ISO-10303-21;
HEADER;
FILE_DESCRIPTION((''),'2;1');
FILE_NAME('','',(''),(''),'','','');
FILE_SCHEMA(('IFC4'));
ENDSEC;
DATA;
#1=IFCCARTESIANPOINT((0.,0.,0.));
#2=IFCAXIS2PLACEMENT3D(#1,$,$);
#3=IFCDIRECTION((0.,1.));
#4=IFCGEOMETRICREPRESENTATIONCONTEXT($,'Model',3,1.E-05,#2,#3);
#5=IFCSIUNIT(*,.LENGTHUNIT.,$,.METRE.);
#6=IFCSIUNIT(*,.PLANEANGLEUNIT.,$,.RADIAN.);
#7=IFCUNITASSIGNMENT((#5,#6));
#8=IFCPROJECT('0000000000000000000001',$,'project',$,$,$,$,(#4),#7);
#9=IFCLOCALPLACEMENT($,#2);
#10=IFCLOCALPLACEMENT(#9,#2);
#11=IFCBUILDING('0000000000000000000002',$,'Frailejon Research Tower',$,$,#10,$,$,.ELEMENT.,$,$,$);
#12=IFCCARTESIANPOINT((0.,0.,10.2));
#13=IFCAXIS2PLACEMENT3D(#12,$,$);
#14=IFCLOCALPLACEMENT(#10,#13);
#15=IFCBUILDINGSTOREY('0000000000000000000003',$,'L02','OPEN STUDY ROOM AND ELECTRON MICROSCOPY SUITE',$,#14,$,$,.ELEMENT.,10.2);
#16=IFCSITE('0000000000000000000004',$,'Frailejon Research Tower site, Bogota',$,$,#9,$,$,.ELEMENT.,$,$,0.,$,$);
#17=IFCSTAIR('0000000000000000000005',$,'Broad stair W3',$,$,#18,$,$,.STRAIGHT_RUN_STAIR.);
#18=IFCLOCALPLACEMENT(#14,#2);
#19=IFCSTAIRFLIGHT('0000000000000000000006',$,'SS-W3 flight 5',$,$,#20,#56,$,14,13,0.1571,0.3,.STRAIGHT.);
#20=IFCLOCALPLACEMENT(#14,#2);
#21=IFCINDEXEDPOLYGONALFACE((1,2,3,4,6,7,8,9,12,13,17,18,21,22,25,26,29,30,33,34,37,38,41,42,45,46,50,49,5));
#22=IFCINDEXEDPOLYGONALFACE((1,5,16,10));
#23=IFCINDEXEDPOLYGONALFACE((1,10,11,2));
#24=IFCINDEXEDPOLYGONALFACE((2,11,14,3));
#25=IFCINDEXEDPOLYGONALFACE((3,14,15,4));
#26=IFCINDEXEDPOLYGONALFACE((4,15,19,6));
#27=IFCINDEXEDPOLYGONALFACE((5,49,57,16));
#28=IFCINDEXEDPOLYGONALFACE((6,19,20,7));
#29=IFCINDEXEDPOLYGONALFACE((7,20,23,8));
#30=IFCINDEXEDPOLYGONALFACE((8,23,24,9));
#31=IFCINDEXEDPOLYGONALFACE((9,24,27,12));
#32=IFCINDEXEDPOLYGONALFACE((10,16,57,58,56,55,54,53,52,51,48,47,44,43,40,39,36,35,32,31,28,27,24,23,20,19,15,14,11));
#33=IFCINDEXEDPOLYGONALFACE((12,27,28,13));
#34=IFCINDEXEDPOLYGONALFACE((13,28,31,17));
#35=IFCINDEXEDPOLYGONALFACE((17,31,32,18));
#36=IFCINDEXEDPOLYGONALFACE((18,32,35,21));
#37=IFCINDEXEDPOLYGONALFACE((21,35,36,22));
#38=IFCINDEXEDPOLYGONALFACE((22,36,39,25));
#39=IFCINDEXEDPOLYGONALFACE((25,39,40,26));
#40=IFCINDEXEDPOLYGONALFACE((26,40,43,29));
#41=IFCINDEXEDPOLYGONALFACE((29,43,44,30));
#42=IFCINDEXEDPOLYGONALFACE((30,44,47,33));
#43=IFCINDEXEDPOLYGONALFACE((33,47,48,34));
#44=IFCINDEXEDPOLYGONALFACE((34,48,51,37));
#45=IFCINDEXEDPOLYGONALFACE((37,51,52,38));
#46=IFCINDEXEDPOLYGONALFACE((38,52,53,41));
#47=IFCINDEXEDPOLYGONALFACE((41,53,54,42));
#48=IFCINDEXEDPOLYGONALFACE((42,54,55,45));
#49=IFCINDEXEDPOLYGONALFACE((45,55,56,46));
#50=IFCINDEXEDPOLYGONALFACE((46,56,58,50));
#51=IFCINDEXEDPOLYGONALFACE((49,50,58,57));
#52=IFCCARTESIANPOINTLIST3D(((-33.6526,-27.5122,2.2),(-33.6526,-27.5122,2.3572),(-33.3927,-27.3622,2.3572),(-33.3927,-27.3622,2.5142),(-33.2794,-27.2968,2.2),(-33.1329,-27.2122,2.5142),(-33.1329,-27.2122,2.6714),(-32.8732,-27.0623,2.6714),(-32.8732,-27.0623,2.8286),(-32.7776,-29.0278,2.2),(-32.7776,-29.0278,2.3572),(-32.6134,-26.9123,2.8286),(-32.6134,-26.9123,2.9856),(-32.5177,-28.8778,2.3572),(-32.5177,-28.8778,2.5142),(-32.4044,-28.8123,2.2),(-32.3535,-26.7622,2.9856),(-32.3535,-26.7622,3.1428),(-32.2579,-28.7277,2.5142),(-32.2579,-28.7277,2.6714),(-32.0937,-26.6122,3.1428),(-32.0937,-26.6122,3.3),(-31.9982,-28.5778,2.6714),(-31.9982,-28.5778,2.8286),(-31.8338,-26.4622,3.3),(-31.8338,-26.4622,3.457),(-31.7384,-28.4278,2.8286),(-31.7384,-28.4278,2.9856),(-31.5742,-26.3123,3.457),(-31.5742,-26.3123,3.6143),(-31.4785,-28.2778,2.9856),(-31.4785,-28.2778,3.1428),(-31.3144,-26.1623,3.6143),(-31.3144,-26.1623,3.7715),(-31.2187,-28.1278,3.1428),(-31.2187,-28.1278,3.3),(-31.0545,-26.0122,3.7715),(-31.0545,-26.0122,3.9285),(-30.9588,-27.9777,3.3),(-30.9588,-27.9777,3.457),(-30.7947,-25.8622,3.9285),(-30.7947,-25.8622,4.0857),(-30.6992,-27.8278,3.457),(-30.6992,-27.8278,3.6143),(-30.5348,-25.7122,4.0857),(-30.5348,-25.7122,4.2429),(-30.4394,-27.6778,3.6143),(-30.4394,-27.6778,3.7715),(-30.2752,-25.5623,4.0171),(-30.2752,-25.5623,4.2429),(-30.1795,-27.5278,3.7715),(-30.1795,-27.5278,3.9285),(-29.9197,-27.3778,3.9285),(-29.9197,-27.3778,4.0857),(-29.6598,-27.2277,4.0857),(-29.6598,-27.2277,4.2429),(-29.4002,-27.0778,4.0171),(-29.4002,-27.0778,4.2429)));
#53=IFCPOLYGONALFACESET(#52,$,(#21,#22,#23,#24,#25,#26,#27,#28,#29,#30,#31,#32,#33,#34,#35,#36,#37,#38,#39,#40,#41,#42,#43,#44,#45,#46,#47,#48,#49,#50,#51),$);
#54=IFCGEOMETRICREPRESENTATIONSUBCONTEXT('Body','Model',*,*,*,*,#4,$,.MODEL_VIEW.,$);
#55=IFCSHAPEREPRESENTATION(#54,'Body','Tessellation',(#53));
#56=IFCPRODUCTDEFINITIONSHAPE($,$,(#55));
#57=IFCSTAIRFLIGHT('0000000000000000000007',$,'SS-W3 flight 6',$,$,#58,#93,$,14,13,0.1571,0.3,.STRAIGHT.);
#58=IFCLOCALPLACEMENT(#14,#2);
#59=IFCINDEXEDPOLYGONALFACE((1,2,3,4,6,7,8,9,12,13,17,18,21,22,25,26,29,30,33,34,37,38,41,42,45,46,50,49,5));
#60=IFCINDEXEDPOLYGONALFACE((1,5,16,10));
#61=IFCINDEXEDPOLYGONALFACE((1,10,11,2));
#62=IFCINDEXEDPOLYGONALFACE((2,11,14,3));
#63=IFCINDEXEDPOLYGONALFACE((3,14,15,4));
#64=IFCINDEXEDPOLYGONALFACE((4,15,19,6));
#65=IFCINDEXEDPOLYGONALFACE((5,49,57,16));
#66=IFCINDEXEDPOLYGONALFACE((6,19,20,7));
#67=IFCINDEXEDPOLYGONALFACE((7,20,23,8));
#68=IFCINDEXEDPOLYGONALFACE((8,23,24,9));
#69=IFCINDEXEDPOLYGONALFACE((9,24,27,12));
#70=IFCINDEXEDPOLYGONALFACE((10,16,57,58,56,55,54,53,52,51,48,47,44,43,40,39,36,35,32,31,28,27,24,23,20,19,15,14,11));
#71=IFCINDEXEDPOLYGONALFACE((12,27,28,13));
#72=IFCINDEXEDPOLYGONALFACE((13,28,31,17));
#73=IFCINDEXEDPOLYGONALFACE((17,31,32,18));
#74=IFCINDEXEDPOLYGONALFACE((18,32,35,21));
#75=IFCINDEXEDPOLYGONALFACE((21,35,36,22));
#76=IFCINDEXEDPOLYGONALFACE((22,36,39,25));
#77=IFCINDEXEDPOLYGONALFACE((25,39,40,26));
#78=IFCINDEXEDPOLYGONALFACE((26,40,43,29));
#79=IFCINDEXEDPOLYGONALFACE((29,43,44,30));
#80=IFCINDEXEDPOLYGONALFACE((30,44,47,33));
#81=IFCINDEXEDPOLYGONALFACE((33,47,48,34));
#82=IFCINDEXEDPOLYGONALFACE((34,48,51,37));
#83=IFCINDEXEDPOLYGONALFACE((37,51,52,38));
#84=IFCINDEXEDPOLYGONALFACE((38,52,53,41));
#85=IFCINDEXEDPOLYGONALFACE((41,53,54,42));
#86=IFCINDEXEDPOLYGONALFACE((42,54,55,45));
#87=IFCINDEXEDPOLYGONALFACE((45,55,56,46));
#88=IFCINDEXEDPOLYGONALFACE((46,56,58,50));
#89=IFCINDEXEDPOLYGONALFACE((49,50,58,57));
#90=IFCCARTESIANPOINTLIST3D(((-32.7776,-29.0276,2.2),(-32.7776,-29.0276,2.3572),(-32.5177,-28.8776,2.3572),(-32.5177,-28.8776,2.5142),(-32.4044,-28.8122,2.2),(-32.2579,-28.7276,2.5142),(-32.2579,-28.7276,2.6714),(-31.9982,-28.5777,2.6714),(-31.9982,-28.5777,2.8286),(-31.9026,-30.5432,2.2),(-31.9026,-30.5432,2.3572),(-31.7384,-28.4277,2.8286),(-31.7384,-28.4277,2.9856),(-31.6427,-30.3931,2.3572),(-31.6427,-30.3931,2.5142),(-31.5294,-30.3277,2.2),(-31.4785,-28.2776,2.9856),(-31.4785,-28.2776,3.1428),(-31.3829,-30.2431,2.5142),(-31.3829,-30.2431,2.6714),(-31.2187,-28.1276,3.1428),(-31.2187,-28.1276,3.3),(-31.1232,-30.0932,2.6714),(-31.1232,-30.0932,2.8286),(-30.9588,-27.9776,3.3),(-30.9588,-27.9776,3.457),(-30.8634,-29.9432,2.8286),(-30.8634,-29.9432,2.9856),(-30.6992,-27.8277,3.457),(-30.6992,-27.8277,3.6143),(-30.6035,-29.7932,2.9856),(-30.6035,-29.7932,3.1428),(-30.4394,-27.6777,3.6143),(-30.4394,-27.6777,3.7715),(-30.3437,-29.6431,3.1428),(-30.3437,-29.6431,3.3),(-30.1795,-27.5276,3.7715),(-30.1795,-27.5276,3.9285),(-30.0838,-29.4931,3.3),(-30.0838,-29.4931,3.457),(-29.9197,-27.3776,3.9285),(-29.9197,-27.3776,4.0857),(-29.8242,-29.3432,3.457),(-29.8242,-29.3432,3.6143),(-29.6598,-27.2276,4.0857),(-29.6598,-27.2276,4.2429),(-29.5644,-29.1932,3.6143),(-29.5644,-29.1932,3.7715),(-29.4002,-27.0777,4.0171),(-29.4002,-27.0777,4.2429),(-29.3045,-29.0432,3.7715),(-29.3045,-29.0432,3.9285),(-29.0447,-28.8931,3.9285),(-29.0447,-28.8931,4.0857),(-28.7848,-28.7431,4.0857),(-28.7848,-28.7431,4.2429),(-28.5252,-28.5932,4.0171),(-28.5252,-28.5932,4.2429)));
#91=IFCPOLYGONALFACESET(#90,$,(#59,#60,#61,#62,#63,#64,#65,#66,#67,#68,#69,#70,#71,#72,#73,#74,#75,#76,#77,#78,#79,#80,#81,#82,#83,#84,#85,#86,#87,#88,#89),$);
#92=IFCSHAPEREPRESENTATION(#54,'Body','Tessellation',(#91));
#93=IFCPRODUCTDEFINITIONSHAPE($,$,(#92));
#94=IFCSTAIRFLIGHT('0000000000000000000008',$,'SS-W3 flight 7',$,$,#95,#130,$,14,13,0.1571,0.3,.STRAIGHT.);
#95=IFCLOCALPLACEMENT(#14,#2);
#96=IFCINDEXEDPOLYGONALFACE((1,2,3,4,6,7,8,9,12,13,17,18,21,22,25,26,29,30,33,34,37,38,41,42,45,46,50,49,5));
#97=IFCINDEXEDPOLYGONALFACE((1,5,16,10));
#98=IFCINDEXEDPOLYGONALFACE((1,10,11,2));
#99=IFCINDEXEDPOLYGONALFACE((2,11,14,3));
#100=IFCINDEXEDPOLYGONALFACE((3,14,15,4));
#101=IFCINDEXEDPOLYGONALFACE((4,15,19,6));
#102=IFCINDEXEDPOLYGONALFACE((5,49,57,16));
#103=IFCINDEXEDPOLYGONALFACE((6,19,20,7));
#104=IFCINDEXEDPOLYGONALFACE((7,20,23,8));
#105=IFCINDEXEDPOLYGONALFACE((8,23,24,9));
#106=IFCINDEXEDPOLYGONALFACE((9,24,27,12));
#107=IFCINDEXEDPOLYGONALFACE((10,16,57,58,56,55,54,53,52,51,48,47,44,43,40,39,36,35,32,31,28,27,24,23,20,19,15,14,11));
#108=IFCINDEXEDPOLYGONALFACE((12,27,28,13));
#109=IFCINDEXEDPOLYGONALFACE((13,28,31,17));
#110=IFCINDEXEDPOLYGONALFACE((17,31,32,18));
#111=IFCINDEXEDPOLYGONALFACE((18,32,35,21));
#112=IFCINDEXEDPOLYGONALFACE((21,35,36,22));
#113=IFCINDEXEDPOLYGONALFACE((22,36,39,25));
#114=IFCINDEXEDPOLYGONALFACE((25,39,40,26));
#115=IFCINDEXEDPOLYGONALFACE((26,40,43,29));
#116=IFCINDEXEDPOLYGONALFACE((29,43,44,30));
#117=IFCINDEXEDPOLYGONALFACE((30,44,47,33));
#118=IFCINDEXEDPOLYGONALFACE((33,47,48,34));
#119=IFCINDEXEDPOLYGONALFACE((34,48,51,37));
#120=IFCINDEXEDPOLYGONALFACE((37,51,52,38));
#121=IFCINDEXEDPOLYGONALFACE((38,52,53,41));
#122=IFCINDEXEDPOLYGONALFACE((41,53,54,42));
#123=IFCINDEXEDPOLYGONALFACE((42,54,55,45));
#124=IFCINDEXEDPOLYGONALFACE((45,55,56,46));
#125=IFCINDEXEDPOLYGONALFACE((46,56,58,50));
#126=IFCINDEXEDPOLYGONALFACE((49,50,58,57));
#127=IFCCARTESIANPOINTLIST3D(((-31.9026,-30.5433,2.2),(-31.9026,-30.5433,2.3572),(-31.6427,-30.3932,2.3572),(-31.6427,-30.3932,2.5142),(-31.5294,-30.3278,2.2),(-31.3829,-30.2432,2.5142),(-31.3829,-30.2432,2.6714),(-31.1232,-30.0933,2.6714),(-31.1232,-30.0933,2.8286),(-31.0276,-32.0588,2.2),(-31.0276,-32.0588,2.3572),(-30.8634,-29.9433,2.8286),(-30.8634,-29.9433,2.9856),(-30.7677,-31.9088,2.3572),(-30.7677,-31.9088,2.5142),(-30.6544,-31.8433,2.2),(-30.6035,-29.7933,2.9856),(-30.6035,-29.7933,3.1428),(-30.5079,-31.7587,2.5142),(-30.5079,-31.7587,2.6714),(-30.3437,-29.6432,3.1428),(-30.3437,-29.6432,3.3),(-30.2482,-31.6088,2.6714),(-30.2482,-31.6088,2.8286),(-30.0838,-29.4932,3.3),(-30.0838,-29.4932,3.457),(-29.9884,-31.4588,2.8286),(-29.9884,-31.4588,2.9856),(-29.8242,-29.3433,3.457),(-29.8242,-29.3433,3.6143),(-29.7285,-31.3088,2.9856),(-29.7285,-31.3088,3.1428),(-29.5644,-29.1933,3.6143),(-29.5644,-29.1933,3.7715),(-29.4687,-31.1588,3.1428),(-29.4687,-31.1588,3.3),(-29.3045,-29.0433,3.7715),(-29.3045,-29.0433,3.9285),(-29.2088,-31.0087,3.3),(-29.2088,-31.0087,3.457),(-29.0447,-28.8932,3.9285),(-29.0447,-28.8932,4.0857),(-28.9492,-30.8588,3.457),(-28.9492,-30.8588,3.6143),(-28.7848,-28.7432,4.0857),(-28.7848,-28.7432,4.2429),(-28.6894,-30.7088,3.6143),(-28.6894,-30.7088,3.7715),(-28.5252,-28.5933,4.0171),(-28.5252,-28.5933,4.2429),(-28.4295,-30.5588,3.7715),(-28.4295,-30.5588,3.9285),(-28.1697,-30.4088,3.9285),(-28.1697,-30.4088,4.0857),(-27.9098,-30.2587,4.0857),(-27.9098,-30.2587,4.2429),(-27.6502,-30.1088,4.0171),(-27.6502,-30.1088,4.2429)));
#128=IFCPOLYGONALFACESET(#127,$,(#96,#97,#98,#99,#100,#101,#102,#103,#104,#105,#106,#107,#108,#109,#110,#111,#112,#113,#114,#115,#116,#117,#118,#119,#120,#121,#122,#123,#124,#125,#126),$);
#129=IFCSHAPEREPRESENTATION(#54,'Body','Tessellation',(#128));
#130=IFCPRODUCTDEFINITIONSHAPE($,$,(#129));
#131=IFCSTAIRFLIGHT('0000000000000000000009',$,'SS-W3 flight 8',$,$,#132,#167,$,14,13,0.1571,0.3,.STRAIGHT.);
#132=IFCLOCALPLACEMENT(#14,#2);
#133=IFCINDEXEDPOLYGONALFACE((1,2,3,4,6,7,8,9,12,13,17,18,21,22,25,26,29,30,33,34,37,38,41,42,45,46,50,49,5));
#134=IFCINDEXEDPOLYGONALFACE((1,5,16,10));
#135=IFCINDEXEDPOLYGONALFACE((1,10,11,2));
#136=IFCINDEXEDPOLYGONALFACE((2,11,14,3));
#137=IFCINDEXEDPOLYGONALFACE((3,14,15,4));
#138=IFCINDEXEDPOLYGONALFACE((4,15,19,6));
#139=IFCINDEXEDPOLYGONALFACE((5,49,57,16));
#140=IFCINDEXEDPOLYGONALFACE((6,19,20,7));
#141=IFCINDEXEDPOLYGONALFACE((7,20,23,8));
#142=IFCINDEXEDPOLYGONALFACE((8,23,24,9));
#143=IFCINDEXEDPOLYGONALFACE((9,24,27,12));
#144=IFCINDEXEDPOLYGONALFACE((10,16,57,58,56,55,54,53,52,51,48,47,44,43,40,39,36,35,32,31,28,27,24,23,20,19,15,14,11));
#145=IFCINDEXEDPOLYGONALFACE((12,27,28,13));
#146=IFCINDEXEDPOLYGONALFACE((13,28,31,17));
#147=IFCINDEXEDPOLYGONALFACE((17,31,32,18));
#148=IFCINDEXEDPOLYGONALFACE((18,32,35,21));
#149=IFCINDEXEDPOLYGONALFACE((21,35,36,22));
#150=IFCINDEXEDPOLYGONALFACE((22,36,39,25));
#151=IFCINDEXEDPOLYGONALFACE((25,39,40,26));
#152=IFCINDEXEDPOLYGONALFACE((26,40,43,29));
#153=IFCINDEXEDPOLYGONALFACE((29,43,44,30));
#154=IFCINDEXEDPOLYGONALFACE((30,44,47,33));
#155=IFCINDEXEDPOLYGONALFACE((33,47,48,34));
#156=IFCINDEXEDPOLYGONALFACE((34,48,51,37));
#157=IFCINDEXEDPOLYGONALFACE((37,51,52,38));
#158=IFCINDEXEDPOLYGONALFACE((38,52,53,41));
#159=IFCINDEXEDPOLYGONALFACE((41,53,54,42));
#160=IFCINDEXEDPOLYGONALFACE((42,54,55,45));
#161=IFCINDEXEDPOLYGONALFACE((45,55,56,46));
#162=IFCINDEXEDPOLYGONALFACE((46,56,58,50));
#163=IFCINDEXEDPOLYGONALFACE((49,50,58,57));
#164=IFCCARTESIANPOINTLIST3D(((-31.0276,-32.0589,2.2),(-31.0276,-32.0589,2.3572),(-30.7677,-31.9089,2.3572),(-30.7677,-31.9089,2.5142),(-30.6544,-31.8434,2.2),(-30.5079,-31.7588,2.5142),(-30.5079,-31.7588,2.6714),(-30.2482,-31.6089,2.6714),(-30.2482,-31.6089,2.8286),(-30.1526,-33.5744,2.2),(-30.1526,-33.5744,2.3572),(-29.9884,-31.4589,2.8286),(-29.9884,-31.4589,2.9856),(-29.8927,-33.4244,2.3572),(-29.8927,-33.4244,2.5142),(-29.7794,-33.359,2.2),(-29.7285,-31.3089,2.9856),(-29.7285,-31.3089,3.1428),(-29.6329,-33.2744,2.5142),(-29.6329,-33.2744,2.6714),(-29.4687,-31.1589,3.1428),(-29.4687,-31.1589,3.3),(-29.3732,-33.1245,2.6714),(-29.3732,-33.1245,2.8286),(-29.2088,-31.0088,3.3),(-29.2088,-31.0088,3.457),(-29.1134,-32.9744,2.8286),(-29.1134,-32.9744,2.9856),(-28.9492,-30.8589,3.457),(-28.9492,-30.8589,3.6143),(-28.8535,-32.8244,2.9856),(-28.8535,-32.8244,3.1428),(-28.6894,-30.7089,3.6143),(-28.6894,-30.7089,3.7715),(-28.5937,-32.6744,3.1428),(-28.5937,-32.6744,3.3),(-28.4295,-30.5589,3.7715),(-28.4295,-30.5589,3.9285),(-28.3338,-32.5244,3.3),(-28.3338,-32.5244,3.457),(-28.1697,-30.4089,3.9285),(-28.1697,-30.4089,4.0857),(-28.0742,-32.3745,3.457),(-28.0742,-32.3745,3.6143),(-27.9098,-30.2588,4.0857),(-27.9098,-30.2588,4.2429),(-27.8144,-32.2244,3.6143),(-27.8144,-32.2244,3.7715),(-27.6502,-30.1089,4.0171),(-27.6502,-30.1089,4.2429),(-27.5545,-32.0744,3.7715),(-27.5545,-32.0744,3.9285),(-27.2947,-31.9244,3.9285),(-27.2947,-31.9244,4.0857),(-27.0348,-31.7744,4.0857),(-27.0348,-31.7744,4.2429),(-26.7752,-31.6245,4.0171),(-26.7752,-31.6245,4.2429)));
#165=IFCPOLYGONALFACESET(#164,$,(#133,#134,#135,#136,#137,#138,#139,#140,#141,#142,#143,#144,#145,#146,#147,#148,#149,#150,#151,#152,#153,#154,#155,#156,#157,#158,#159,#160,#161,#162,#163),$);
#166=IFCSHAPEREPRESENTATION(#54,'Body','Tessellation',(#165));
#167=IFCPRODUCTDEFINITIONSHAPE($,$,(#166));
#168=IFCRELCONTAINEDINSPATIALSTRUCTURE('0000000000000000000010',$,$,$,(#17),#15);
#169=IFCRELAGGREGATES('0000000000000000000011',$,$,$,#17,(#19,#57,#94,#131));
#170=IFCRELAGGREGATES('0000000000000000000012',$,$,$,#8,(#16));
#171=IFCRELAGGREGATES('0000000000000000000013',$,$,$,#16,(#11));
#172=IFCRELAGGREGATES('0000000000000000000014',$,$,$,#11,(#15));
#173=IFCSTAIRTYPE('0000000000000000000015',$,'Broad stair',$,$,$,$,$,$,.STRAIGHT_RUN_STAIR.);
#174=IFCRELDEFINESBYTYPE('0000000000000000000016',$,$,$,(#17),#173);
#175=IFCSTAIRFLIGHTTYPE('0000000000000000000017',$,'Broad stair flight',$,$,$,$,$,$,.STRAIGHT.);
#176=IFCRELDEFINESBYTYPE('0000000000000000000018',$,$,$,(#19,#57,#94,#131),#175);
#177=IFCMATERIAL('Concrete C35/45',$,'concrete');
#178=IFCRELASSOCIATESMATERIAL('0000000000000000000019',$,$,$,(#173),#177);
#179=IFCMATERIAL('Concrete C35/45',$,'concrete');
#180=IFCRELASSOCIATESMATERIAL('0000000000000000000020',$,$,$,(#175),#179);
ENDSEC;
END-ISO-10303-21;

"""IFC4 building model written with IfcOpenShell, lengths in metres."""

from ifc_helpers import new_model, si_unit, direction, frame, origin, place, context, subcontext, project, spatial, polyline, outline, extrude, material, type_object, element, aggregate, save


model = new_model("IFC4")

# Units and contexts
model_context = context("Model", 3, precision=1e-05, world=origin(), true_north=direction((0.0, 1.0)))
body_context = subcontext(model_context, "Body", "Model", "MODEL_VIEW")
ifc_project = project(units=[si_unit("LENGTHUNIT", "METRE"), si_unit("PLANEANGLEUNIT", "RADIAN")], contexts=[model_context])

# Site, building, storey
site_placement = place(None, origin())
site = spatial("IfcSite", under=ifc_project, at=site_placement, Name="Frailejon Research Tower site, Bogota", CompositionType="ELEMENT", RefElevation=0.0)
building_placement = place(site_placement, origin())
building = spatial("IfcBuilding", under=site, at=building_placement, Name="Frailejon Research Tower", CompositionType="ELEMENT")
storey_placement = place(building_placement, frame((0.0, 0.0, 10.2)))
storey = spatial("IfcBuildingStorey", under=building, at=storey_placement, Name="L02", Description="OPEN STUDY ROOM AND ELECTRON MICROSCOPY SUITE", CompositionType="ELEMENT", Elevation=10.2)

# Stair, stair flights
ifc_material_1 = material(Name="Concrete C35/45", Category="concrete")
stair_type = type_object("IfcStairType", Name="Broad stair", PredefinedType="STRAIGHT_RUN_STAIR", material=ifc_material_1)
stair_placement = place(storey_placement, origin())
stair = element("IfcStair", 1, at=stair_placement, inside=storey, type_object=stair_type, Name="Broad stair W3", PredefinedType="STRAIGHT_RUN_STAIR")
ifc_material_2 = material(Name="Concrete C35/45", Category="concrete")
stair_flight_type = type_object("IfcStairFlightType", Name="Broad stair flight", PredefinedType="STRAIGHT", material=ifc_material_2)
stair_flight_1_placement = place(storey_placement, frame((-33.2151, -28.27, 2.2), z_axis=(0.0, 0.0, 1.0), x_axis=(0.866025, 0.5, 0.0)))
stair_flight_1 = element("IfcStairFlight", 2, at=stair_flight_1_placement, type_object=stair_flight_type, Name="SS-W3 flight 5", NumberOfRisers=14, NumberOfTreads=13, PredefinedType="STRAIGHT", RiserHeight=0.1571, TreadLength=0.3, context=body_context, shape_type="SweptSolid", body=[
    extrude(outline(polyline([(0.0, 0.0), (0.0, 0.1572), (0.3, 0.1572), (0.3, 0.3142), (0.6001, 0.3142), (0.6001, 0.4714), (0.8999, 0.4714), (0.8999, 0.6287), (1.2, 0.6287), (1.2, 0.7856), (1.5, 0.7856), (1.5, 0.9429), (1.8, 0.9429), (1.8, 1.1001), (2.1001, 1.1001), (2.1001, 1.2571), (2.3999, 1.2571), (2.3999, 1.4143), (2.7, 1.4143), (2.7, 1.5715), (3.0, 1.5715), (3.0, 1.7285), (3.3, 1.7285), (3.3, 1.8857), (3.6001, 1.8857), (3.6001, 2.043), (3.8999, 2.043), (3.8999, 2.2), (3.8999, 1.8171), (0.4309, 0.0), (0.0, 0.0)])), frame((0.0, 0.875, 0.0), z_axis=(0.0, -1.0, 0.0), x_axis=(1.0, 0.0, 0.0)), (0.0, 0.0, 1.0), 1.75),
])
stair_flight_2_placement = place(storey_placement, frame((-32.3401, -29.7854, 2.2), z_axis=(0.0, 0.0, 1.0), x_axis=(0.866025, 0.5, 0.0)))
stair_flight_2 = element("IfcStairFlight", 3, at=stair_flight_2_placement, type_object=stair_flight_type, Name="SS-W3 flight 6", NumberOfRisers=14, NumberOfTreads=13, PredefinedType="STRAIGHT", RiserHeight=0.1571, TreadLength=0.3, context=body_context, shape_type="SweptSolid", body=[
    extrude(outline(polyline([(0.0, 0.0), (0.0, 0.1572), (0.3, 0.1572), (0.3, 0.3142), (0.6001, 0.3142), (0.6001, 0.4714), (0.8999, 0.4714), (0.8999, 0.6287), (1.2, 0.6287), (1.2, 0.7856), (1.5, 0.7856), (1.5, 0.9429), (1.8, 0.9429), (1.8, 1.1001), (2.1001, 1.1001), (2.1001, 1.2571), (2.3999, 1.2571), (2.3999, 1.4143), (2.7, 1.4143), (2.7, 1.5715), (3.0, 1.5715), (3.0, 1.7285), (3.3, 1.7285), (3.3, 1.8857), (3.6001, 1.8857), (3.6001, 2.043), (3.8999, 2.043), (3.8999, 2.2), (3.8999, 1.8171), (0.4309, 0.0), (0.0, 0.0)])), frame((0.0, 0.875, 0.0), z_axis=(0.0, -1.0, 0.0), x_axis=(1.0, 0.0, 0.0)), (0.0, 0.0, 1.0), 1.75),
])
stair_flight_3_placement = place(storey_placement, frame((-31.4651, -31.301, 2.2), z_axis=(0.0, 0.0, 1.0), x_axis=(0.866025, 0.5, 0.0)))
stair_flight_3 = element("IfcStairFlight", 4, at=stair_flight_3_placement, type_object=stair_flight_type, Name="SS-W3 flight 7", NumberOfRisers=14, NumberOfTreads=13, PredefinedType="STRAIGHT", RiserHeight=0.1571, TreadLength=0.3, context=body_context, shape_type="SweptSolid", body=[
    extrude(outline(polyline([(0.0, 0.0), (0.0, 0.1572), (0.3, 0.1572), (0.3, 0.3142), (0.6001, 0.3142), (0.6001, 0.4714), (0.8999, 0.4714), (0.8999, 0.6287), (1.2, 0.6287), (1.2, 0.7856), (1.5, 0.7856), (1.5, 0.9429), (1.8, 0.9429), (1.8, 1.1001), (2.1001, 1.1001), (2.1001, 1.2571), (2.3999, 1.2571), (2.3999, 1.4143), (2.7, 1.4143), (2.7, 1.5715), (3.0, 1.5715), (3.0, 1.7285), (3.3, 1.7285), (3.3, 1.8857), (3.6001, 1.8857), (3.6001, 2.043), (3.8999, 2.043), (3.8999, 2.2), (3.8999, 1.8171), (0.4309, 0.0), (0.0, 0.0)])), frame((0.0, 0.875, 0.0), z_axis=(0.0, -1.0, 0.0), x_axis=(1.0, 0.0, 0.0)), (0.0, 0.0, 1.0), 1.75),
])
stair_flight_4_placement = place(storey_placement, frame((-30.5901, -32.8167, 2.2), z_axis=(0.0, 0.0, 1.0), x_axis=(0.866025, 0.5, 0.0)))
stair_flight_4 = element("IfcStairFlight", 5, at=stair_flight_4_placement, type_object=stair_flight_type, Name="SS-W3 flight 8", NumberOfRisers=14, NumberOfTreads=13, PredefinedType="STRAIGHT", RiserHeight=0.1571, TreadLength=0.3, context=body_context, shape_type="SweptSolid", body=[
    extrude(outline(polyline([(0.0, 0.0), (0.0, 0.1572), (0.3, 0.1572), (0.3, 0.3142), (0.6001, 0.3142), (0.6001, 0.4714), (0.8999, 0.4714), (0.8999, 0.6287), (1.2, 0.6287), (1.2, 0.7856), (1.5, 0.7856), (1.5, 0.9429), (1.8, 0.9429), (1.8, 1.1001), (2.1001, 1.1001), (2.1001, 1.2571), (2.3999, 1.2571), (2.3999, 1.4143), (2.7, 1.4143), (2.7, 1.5715), (3.0, 1.5715), (3.0, 1.7285), (3.3, 1.7285), (3.3, 1.8857), (3.6001, 1.8857), (3.6001, 2.043), (3.8999, 2.043), (3.8999, 2.2), (3.8999, 1.8171), (0.4309, 0.0), (0.0, 0.0)])), frame((0.0, 0.875, 0.0), z_axis=(0.0, -1.0, 0.0), x_axis=(1.0, 0.0, 0.0)), (0.0, 0.0, 1.0), 1.75),
])
aggregate(stair, [stair_flight_1, stair_flight_2, stair_flight_3, stair_flight_4])

save(model, "model.ifc")
